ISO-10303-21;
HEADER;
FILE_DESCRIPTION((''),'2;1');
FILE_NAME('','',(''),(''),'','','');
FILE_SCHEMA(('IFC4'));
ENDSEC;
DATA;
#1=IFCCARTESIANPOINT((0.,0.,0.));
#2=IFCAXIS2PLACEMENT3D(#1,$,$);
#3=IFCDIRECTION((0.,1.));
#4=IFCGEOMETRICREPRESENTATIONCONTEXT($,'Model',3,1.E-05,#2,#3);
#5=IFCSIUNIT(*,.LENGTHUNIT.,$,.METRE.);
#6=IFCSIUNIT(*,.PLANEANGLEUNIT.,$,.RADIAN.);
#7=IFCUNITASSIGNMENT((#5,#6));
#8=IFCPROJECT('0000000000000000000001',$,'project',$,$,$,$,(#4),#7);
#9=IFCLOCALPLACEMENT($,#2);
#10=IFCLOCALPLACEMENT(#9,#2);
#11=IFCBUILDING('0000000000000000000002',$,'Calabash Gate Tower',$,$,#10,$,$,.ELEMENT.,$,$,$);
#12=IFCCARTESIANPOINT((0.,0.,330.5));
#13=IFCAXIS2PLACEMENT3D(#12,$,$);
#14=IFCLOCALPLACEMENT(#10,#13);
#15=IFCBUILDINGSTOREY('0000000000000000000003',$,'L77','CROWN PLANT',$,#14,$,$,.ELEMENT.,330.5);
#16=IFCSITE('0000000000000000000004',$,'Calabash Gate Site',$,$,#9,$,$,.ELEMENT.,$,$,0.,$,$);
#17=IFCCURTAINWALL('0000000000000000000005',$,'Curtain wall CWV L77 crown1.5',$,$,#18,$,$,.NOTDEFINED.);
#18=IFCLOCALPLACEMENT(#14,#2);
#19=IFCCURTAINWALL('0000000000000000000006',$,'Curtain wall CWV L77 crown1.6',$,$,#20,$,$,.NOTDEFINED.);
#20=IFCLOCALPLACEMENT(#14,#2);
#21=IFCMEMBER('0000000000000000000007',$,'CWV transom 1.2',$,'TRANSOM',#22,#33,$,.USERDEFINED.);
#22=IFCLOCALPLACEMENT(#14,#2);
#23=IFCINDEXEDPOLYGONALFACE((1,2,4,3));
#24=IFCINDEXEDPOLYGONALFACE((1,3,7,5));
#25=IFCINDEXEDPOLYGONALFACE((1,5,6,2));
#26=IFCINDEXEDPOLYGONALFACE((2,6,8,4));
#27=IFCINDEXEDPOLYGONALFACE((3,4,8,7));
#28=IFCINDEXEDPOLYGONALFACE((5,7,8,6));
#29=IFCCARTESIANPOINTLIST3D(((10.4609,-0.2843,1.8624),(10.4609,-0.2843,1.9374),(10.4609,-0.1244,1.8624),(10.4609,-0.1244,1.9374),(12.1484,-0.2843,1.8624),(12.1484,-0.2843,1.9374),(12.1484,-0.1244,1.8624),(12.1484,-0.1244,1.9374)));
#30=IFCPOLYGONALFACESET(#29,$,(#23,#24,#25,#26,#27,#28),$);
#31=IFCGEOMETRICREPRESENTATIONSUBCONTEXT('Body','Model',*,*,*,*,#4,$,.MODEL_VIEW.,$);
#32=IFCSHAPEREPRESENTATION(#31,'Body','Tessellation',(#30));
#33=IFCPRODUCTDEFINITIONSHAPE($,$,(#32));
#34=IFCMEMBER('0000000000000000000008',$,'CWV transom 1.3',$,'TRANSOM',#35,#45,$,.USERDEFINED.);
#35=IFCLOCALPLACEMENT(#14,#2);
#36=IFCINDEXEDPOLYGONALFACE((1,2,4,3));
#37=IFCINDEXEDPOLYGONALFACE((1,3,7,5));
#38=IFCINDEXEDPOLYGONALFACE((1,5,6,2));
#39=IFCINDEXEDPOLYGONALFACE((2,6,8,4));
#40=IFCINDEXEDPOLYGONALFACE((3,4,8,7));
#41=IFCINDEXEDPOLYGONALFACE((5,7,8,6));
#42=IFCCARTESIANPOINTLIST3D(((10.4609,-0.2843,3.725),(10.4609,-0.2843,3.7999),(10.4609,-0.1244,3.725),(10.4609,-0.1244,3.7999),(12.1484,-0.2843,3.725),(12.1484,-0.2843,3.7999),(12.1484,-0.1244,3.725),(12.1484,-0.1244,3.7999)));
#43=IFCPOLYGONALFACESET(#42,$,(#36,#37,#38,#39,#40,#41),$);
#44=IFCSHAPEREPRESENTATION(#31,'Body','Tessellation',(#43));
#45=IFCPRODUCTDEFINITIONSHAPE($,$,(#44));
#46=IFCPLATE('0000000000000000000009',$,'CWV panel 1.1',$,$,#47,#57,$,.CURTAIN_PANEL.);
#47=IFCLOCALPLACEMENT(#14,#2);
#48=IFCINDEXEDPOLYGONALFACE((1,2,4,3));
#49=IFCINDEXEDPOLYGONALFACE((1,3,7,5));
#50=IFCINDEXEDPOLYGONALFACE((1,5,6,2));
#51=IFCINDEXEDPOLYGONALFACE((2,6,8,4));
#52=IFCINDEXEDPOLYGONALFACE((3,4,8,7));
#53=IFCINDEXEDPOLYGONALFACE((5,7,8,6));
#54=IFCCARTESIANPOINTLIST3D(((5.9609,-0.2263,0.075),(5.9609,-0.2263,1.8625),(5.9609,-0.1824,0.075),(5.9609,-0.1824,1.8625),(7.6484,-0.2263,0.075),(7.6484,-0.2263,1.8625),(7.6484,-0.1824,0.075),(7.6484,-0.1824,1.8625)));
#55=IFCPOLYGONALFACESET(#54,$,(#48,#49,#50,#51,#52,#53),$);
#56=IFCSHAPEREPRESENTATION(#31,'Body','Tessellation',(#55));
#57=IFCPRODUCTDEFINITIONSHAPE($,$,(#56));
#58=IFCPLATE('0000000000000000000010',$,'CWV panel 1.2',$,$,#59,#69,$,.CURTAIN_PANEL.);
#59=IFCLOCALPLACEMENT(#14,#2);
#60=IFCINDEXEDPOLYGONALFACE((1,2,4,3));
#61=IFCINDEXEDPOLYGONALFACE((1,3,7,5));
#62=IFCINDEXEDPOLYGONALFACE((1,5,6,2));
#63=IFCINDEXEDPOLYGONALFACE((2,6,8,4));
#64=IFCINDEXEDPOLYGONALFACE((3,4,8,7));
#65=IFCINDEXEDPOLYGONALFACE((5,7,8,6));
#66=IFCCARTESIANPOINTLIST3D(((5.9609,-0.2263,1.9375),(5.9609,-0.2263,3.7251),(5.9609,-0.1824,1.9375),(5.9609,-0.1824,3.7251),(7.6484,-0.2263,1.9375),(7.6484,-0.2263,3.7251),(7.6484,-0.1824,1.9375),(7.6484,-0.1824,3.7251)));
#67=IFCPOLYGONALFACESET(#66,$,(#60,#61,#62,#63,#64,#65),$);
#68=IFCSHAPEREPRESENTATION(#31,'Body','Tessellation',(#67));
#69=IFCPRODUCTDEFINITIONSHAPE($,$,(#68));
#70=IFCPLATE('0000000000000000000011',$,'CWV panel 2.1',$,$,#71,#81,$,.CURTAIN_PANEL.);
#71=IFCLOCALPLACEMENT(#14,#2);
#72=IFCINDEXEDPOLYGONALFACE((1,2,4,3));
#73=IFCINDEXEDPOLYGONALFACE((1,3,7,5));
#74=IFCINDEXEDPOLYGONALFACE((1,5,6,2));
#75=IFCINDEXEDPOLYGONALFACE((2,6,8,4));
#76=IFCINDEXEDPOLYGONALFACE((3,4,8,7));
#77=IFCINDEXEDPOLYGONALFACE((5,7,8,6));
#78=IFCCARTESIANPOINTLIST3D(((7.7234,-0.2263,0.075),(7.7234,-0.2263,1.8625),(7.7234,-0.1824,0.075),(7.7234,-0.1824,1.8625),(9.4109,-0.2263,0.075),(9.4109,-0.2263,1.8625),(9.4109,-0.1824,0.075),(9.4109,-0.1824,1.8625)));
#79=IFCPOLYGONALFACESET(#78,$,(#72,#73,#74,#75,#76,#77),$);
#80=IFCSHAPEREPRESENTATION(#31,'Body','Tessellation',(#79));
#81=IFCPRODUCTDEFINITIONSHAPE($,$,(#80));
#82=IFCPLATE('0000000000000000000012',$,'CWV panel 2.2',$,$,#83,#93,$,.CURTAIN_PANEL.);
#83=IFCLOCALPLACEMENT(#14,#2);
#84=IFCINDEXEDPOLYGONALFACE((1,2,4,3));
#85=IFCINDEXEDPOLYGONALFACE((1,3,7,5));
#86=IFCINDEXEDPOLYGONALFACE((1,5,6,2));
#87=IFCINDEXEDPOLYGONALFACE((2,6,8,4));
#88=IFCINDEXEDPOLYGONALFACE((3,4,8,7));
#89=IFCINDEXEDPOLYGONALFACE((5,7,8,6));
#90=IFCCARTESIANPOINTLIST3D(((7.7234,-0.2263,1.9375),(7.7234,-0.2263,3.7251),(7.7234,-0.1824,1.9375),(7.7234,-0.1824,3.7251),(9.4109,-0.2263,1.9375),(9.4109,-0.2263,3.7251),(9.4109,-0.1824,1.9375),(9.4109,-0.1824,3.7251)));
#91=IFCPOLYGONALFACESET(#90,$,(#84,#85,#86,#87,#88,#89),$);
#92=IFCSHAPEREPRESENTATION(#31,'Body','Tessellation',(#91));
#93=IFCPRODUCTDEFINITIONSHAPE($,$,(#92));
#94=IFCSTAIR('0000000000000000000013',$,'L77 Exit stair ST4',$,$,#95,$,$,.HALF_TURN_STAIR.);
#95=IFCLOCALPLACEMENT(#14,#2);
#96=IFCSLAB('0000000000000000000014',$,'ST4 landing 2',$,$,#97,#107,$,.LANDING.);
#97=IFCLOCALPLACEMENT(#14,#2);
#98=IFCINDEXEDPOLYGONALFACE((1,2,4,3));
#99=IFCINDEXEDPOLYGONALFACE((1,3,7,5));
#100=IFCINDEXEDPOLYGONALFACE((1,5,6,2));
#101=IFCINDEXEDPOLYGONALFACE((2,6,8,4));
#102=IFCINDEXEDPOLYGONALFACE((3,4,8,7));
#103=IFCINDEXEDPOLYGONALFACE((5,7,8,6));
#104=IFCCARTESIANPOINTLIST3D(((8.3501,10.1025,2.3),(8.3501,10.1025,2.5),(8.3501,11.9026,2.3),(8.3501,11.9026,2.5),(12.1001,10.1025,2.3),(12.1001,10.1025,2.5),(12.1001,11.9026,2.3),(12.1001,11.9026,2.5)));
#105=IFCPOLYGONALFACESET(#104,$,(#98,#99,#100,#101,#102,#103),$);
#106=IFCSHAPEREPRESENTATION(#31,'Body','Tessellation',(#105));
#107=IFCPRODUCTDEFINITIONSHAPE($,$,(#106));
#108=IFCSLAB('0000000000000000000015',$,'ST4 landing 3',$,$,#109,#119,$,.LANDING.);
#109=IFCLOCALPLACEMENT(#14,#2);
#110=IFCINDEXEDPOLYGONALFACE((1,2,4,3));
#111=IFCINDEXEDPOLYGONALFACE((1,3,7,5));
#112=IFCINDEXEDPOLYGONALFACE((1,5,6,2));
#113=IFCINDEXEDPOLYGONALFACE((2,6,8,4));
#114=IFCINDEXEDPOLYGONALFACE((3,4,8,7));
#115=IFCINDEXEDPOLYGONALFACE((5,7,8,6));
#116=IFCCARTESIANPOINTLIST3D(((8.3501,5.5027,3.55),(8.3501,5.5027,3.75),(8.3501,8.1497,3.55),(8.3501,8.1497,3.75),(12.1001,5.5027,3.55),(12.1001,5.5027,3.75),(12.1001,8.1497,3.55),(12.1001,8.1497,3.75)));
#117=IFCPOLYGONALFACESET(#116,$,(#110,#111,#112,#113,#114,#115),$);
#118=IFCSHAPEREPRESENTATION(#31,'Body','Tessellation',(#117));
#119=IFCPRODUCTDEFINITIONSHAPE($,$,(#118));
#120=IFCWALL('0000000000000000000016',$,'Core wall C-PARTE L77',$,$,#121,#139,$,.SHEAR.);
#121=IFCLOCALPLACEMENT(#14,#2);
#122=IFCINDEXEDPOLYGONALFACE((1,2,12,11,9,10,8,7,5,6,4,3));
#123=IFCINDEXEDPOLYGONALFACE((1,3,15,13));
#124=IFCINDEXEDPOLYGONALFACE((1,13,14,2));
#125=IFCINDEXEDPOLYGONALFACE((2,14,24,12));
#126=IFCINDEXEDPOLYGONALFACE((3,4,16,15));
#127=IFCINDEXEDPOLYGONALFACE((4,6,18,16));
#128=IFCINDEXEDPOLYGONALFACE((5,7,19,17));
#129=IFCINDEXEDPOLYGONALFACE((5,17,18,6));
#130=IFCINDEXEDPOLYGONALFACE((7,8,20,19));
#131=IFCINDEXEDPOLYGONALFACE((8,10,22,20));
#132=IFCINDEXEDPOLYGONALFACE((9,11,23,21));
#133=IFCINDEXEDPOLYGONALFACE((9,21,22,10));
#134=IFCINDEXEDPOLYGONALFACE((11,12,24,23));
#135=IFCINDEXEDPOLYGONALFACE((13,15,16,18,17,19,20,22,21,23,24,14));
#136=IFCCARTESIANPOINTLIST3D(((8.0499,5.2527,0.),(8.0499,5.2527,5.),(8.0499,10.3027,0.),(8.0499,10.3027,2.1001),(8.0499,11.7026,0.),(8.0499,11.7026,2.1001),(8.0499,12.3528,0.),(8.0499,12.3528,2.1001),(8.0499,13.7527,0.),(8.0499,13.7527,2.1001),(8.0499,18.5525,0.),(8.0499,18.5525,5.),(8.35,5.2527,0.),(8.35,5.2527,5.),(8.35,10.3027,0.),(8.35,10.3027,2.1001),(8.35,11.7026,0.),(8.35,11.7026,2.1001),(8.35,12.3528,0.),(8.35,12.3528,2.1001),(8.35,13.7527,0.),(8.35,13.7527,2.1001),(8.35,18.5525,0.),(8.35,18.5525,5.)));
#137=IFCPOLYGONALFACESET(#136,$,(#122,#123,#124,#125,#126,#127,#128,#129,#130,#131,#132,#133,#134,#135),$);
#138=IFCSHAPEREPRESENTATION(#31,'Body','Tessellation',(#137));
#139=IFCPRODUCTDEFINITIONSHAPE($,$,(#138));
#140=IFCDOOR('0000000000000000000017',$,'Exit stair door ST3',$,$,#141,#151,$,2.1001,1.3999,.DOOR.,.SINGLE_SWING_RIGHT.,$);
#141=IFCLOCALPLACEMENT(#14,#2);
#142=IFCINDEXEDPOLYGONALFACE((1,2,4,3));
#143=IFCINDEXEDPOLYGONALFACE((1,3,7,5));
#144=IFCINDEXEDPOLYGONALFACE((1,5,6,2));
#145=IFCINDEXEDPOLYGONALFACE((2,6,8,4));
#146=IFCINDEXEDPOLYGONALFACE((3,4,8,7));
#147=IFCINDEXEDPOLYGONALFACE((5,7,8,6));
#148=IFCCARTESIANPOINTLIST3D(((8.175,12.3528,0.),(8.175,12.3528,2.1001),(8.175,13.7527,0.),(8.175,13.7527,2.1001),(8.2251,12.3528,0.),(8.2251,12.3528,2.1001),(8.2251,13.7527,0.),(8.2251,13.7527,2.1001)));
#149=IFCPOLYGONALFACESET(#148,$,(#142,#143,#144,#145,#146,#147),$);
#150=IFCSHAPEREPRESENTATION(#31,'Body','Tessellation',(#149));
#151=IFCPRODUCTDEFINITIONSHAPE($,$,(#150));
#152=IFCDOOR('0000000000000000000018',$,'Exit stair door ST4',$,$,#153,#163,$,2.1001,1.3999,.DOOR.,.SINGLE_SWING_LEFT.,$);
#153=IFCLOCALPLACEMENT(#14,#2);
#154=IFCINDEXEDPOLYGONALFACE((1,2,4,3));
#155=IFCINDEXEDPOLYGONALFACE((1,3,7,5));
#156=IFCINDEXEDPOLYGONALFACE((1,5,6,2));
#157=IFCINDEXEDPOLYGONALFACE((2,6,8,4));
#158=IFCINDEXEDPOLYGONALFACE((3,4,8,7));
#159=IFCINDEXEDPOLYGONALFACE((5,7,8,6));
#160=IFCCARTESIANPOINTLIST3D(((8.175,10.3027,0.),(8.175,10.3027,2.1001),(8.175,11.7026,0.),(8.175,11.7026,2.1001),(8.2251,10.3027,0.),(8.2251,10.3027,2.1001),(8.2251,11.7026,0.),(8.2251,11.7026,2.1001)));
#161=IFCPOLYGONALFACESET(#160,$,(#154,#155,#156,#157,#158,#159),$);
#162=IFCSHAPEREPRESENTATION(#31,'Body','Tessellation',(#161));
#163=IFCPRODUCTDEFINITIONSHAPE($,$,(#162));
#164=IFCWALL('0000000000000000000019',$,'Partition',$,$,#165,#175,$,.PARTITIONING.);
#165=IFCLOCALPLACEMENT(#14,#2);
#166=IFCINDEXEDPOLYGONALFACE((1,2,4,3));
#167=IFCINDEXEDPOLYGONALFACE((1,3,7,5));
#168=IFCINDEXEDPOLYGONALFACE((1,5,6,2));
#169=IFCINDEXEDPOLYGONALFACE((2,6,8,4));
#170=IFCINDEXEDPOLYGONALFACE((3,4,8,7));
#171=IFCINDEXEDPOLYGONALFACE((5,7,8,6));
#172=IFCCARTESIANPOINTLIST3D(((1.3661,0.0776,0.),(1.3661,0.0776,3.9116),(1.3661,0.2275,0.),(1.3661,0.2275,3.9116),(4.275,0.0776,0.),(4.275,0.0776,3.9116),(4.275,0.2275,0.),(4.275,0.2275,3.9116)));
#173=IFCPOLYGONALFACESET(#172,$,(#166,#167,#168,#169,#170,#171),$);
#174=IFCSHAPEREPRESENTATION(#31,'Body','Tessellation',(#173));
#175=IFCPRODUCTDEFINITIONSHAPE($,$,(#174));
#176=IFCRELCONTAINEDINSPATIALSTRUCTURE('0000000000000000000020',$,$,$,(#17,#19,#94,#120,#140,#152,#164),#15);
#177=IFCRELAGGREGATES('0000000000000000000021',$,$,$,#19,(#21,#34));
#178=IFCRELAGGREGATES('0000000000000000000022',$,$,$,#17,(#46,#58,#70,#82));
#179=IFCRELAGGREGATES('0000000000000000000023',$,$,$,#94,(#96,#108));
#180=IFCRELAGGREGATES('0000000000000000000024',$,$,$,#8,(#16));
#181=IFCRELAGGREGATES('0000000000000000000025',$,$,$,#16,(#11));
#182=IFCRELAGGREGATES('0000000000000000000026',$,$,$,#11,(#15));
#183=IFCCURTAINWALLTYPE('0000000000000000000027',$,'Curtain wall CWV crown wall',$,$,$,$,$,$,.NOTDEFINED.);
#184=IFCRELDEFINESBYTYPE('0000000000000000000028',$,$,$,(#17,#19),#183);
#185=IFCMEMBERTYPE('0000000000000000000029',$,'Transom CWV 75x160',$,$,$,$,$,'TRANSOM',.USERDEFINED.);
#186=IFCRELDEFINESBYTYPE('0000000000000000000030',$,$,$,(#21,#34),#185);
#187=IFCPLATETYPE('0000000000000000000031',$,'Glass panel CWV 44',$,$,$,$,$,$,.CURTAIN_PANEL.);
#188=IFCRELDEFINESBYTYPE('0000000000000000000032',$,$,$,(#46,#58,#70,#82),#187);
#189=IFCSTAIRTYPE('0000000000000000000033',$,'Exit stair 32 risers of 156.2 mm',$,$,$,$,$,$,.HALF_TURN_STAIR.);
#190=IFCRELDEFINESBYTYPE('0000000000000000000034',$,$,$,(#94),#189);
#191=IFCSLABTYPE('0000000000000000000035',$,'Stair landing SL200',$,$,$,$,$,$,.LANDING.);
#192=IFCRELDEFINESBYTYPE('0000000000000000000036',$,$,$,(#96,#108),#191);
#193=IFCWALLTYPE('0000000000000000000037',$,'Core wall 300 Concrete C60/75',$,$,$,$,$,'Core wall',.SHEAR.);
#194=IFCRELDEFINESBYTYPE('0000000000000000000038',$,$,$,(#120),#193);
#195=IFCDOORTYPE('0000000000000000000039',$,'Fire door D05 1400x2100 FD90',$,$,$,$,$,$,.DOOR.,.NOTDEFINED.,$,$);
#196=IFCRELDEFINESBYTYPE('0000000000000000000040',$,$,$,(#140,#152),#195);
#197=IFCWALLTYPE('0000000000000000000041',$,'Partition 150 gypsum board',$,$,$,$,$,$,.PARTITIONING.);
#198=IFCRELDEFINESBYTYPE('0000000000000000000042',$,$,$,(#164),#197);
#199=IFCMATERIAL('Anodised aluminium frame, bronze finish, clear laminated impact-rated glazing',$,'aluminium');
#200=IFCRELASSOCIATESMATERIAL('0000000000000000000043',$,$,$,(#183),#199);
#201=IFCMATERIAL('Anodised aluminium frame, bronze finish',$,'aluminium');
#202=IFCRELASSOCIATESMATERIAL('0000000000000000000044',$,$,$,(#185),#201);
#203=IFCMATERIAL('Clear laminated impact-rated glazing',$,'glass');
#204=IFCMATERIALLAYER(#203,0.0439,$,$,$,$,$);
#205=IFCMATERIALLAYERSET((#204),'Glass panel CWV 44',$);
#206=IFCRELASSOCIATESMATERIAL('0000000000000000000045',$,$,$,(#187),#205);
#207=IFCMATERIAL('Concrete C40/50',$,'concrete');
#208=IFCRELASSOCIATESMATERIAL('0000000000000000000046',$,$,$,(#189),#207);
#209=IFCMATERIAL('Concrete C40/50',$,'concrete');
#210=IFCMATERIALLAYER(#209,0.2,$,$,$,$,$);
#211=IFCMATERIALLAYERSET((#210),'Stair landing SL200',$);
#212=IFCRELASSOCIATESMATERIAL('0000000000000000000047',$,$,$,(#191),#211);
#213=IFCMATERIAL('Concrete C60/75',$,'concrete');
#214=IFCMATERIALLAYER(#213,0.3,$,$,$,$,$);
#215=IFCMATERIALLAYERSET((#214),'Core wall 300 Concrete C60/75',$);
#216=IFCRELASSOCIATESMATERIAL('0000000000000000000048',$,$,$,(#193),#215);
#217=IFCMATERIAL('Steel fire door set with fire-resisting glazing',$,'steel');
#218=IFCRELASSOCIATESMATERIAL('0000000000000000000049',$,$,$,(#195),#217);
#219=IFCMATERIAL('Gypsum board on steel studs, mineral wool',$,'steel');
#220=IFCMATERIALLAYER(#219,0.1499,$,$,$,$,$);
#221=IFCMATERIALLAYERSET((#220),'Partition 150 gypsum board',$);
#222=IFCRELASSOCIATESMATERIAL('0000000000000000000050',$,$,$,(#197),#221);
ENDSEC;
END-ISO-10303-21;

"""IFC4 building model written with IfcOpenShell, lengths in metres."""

from ifc_helpers import new_model, si_unit, direction, frame, frame_2d, origin, origin_2d, place, context, subcontext, project, spatial, polyline, rectangle, outline, extrude, material, layer, layer_set, material_profile, profile_set, type_object, element, fill, aggregate, save


model = new_model("IFC4")

# Units and contexts
model_context = context("Model", 3, precision=1e-05, world=origin(), true_north=direction((0.0, 1.0)))
body_context = subcontext(model_context, "Body", "Model", "MODEL_VIEW")
ifc_project = project(units=[si_unit("LENGTHUNIT", "METRE"), si_unit("PLANEANGLEUNIT", "RADIAN")], contexts=[model_context])

# Site, building, storey
site_placement = place(None, origin())
site = spatial("IfcSite", under=ifc_project, at=site_placement, Name="Calabash Gate Site", CompositionType="ELEMENT", RefElevation=0.0)
building_placement = place(site_placement, origin())
building = spatial("IfcBuilding", under=site, at=building_placement, Name="Calabash Gate Tower", CompositionType="ELEMENT")
storey_placement = place(building_placement, frame((0.0, 0.0, 330.5)))
storey = spatial("IfcBuildingStorey", under=building, at=storey_placement, Name="L77", Description="CROWN PLANT", CompositionType="ELEMENT", Elevation=330.5)

# Curtain wall
ifc_material_1 = material(Name="Anodised aluminium frame, bronze finish, clear laminated impact-rated glazing", Category="aluminium")
curtain_wall_type = type_object("IfcCurtainWallType", Name="Curtain wall CWV crown wall", PredefinedType="NOTDEFINED", material=ifc_material_1)
curtain_wall_1_placement = place(storey_placement, origin())
curtain_wall_1 = element("IfcCurtainWall", 1, at=curtain_wall_1_placement, inside=storey, type_object=curtain_wall_type, Name="Curtain wall CWV L77 crown1.5", PredefinedType="NOTDEFINED")

# Curtain wall
curtain_wall_2_placement = place(storey_placement, origin())
curtain_wall_2 = element("IfcCurtainWall", 2, at=curtain_wall_2_placement, inside=storey, type_object=curtain_wall_type, Name="Curtain wall CWV L77 crown1.6", PredefinedType="NOTDEFINED")

# Members
ifc_material_2 = material(Name="Anodised aluminium frame, bronze finish", Category="aluminium")
ifc_material_profile_1 = material_profile(ifc_material_2, rectangle(XDim=0.1599, YDim=0.075, at=origin_2d()))
ifc_profile_set_1 = profile_set([ifc_material_profile_1], Name="Anodised aluminium frame, bronze finish")
member_type_1 = type_object("IfcMemberType", Name="Transom CWV 75x160", ElementType="TRANSOM", PredefinedType="USERDEFINED", material=ifc_profile_set_1)
member_1_placement = place(storey_placement, frame((10.4609, -0.2043, 1.8999), z_axis=(1.0, 0.0, 0.0), x_axis=(0.0, 1.0, 0.0)))
member_1 = element("IfcMember", 3, at=member_1_placement, type_object=member_type_1, Name="CWV transom 1.2", ObjectType="TRANSOM", PredefinedType="USERDEFINED", context=body_context, shape_type="SweptSolid", body=[
    extrude(rectangle(XDim=0.1599, YDim=0.075, at=origin_2d()), origin(), (0.0, 0.0, 1.0), 1.6875),
])
member_2_placement = place(storey_placement, frame((10.4609, -0.2043, 3.7625), z_axis=(1.0, 0.0, 0.0), x_axis=(0.0, 1.0, 0.0)))
member_2 = element("IfcMember", 4, at=member_2_placement, type_object=member_type_1, Name="CWV transom 1.3", ObjectType="TRANSOM", PredefinedType="USERDEFINED", context=body_context, shape_type="SweptSolid", body=[
    extrude(rectangle(XDim=0.1599, YDim=0.075, at=origin_2d()), origin(), (0.0, 0.0, 1.0), 1.6875),
])
aggregate(curtain_wall_2, [member_1, member_2])

# Plates
ifc_material_3 = material(Name="Clear laminated impact-rated glazing", Category="glass")
ifc_layer_1 = layer(ifc_material_3, 0.0439)
ifc_layer_set_1 = layer_set([ifc_layer_1], Name="Glass panel CWV 44")
plate_type = type_object("IfcPlateType", Name="Glass panel CWV 44", PredefinedType="CURTAIN_PANEL", material=ifc_layer_set_1)
plate_1_placement = place(storey_placement, frame((6.8047, -0.2043, 0.075), z_axis=(0.0, 0.0, 1.0), x_axis=(1.0, 0.0, 0.0)))
plate_1 = element("IfcPlate", 5, at=plate_1_placement, type_object=plate_type, Name="CWV panel 1.1", PredefinedType="CURTAIN_PANEL", context=body_context, shape_type="SweptSolid", body=[
    extrude(rectangle(XDim=1.6875, YDim=0.0439, at=origin_2d()), origin(), (0.0, 0.0, 1.0), 1.7876),
])
plate_2_placement = place(storey_placement, frame((6.8047, -0.2043, 1.9375), z_axis=(0.0, 0.0, 1.0), x_axis=(1.0, 0.0, 0.0)))
plate_2 = element("IfcPlate", 6, at=plate_2_placement, type_object=plate_type, Name="CWV panel 1.2", PredefinedType="CURTAIN_PANEL", context=body_context, shape_type="SweptSolid", body=[
    extrude(rectangle(XDim=1.6875, YDim=0.0439, at=origin_2d()), origin(), (0.0, 0.0, 1.0), 1.7876),
])
plate_3_placement = place(storey_placement, frame((8.5671, -0.2043, 0.075), z_axis=(0.0, 0.0, 1.0), x_axis=(1.0, 0.0, 0.0)))
plate_3 = element("IfcPlate", 7, at=plate_3_placement, type_object=plate_type, Name="CWV panel 2.1", PredefinedType="CURTAIN_PANEL", context=body_context, shape_type="SweptSolid", body=[
    extrude(rectangle(XDim=1.6875, YDim=0.0439, at=origin_2d()), origin(), (0.0, 0.0, 1.0), 1.7876),
])
plate_4_placement = place(storey_placement, frame((8.5671, -0.2043, 1.9375), z_axis=(0.0, 0.0, 1.0), x_axis=(1.0, 0.0, 0.0)))
plate_4 = element("IfcPlate", 8, at=plate_4_placement, type_object=plate_type, Name="CWV panel 2.2", PredefinedType="CURTAIN_PANEL", context=body_context, shape_type="SweptSolid", body=[
    extrude(rectangle(XDim=1.6875, YDim=0.0439, at=origin_2d()), origin(), (0.0, 0.0, 1.0), 1.7876),
])
aggregate(curtain_wall_1, [plate_1, plate_2, plate_3, plate_4])

# Stair, slabs
ifc_material_4 = material(Name="Concrete C40/50", Category="concrete")
stair_type = type_object("IfcStairType", Name="Exit stair 32 risers of 156.2 mm", PredefinedType="HALF_TURN_STAIR", material=ifc_material_4)
stair_placement = place(storey_placement, origin())
stair = element("IfcStair", 9, at=stair_placement, inside=storey, type_object=stair_type, Name="L77 Exit stair ST4", PredefinedType="HALF_TURN_STAIR")
ifc_material_5 = material(Name="Concrete C40/50", Category="concrete")
ifc_layer_2 = layer(ifc_material_5, 0.2)
ifc_layer_set_2 = layer_set([ifc_layer_2], Name="Stair landing SL200")
slab_type = type_object("IfcSlabType", Name="Stair landing SL200", PredefinedType="LANDING", material=ifc_layer_set_2)
slab_1_placement = place(storey_placement, frame((0.0, 0.0, 2.3)))
slab_1 = element("IfcSlab", 10, at=slab_1_placement, type_object=slab_type, Name="ST4 landing 2", PredefinedType="LANDING", context=body_context, shape_type="SweptSolid", body=[
    extrude(outline(polyline([(8.3501, 11.9026), (8.3501, 10.1025), (12.1001, 10.1025), (12.1001, 11.9026), (8.3501, 11.9026)])), origin(), (0.0, 0.0, 1.0), 0.2),
])
slab_2_placement = place(storey_placement, frame((0.0, 0.0, 3.55)))
slab_2 = element("IfcSlab", 11, at=slab_2_placement, type_object=slab_type, Name="ST4 landing 3", PredefinedType="LANDING", context=body_context, shape_type="SweptSolid", body=[
    extrude(outline(polyline([(8.3501, 8.1497), (8.3501, 5.5027), (12.1001, 5.5027), (12.1001, 8.1497), (8.3501, 8.1497)])), origin(), (0.0, 0.0, 1.0), 0.2),
])
aggregate(stair, [slab_1, slab_2])

# Wall, openings, doors
ifc_material_6 = material(Name="Concrete C60/75", Category="concrete")
ifc_layer_3 = layer(ifc_material_6, 0.3)
ifc_layer_set_3 = layer_set([ifc_layer_3], Name="Core wall 300 Concrete C60/75")
wall_type_1 = type_object("IfcWallType", Name="Core wall 300 Concrete C60/75", ElementType="Core wall", PredefinedType="SHEAR", material=ifc_layer_set_3)
wall_1_placement = place(storey_placement, frame((8.2, 5.2527, 0.0), z_axis=(0.0, 0.0, 1.0), x_axis=(0.0, 1.0, 0.0)))
wall_1 = element("IfcWall", 12, at=wall_1_placement, inside=storey, type_object=wall_type_1, Name="Core wall C-PARTE L77", PredefinedType="SHEAR", context=body_context, shape_type="SweptSolid", body=[
    extrude(rectangle(XDim=13.2998, YDim=0.3, at=frame_2d((6.6499, 0.0))), origin(), (0.0, 0.0, 1.0), 5.0),
])
opening_1_placement = place(wall_1_placement, frame((7.1001, 0.0, 0.0)))
opening_1 = element("IfcOpeningElement", 13, at=opening_1_placement, cuts=wall_1, PredefinedType="OPENING", context=body_context, shape_type="SweptSolid", body=[
    extrude(rectangle(XDim=1.3999, YDim=2.1001, at=frame_2d((0.7, 1.05))), frame((0.0, 0.1599, 0.0), z_axis=(0.0, -1.0, 0.0), x_axis=(1.0, 0.0, 0.0)), (0.0, 0.0, 1.0), 0.3201),
])
opening_2_placement = place(wall_1_placement, frame((5.05, 0.0, 0.0)))
opening_2 = element("IfcOpeningElement", 14, at=opening_2_placement, cuts=wall_1, PredefinedType="OPENING", context=body_context, shape_type="SweptSolid", body=[
    extrude(rectangle(XDim=1.3999, YDim=2.1001, at=frame_2d((0.7, 1.05))), frame((0.0, 0.1599, 0.0), z_axis=(0.0, -1.0, 0.0), x_axis=(1.0, 0.0, 0.0)), (0.0, 0.0, 1.0), 0.3201),
])
ifc_material_7 = material(Name="Steel fire door set with fire-resisting glazing", Category="steel")
door_type_1 = type_object("IfcDoorType", Name="Fire door D05 1400x2100 FD90", OperationType="NOTDEFINED", PredefinedType="DOOR", material=ifc_material_7)
door_1_placement = place(opening_1_placement, origin())
door_1 = element("IfcDoor", 15, at=door_1_placement, inside=storey, type_object=door_type_1, Name="Exit stair door ST3", OperationType="SINGLE_SWING_RIGHT", OverallHeight=2.1001, OverallWidth=1.3999, PredefinedType="DOOR", context=body_context, shape_type="SweptSolid", body=[
    extrude(rectangle(XDim=1.3999, YDim=2.1001, at=frame_2d((0.7, 1.05))), frame((0.0, 0.0249, 0.0), z_axis=(0.0, -1.0, 0.0), x_axis=(1.0, 0.0, 0.0)), (0.0, 0.0, 1.0), 0.05),
])
fill(opening_1, door_1)
door_2_placement = place(opening_2_placement, origin())
door_2 = element("IfcDoor", 16, at=door_2_placement, inside=storey, type_object=door_type_1, Name="Exit stair door ST4", OperationType="SINGLE_SWING_LEFT", OverallHeight=2.1001, OverallWidth=1.3999, PredefinedType="DOOR", context=body_context, shape_type="SweptSolid", body=[
    extrude(rectangle(XDim=1.3999, YDim=2.1001, at=frame_2d((0.7, 1.05))), frame((0.0, 0.0249, 0.0), z_axis=(0.0, -1.0, 0.0), x_axis=(1.0, 0.0, 0.0)), (0.0, 0.0, 1.0), 0.05),
])
fill(opening_2, door_2)

# Wall
ifc_material_8 = material(Name="Gypsum board on steel studs, mineral wool", Category="steel")
ifc_layer_4 = layer(ifc_material_8, 0.1499)
ifc_layer_set_4 = layer_set([ifc_layer_4], Name="Partition 150 gypsum board")
wall_type_2 = type_object("IfcWallType", Name="Partition 150 gypsum board", PredefinedType="PARTITIONING", material=ifc_layer_set_4)
wall_2_placement = place(storey_placement, frame((1.366, 0.1526, 0.0), z_axis=(0.0, 0.0, 1.0), x_axis=(1.0, 0.0, 0.0)))
element("IfcWall", 17, at=wall_2_placement, inside=storey, type_object=wall_type_2, Name="Partition", PredefinedType="PARTITIONING", context=body_context, shape_type="SweptSolid", body=[
    extrude(rectangle(XDim=2.9089, YDim=0.1499, at=frame_2d((1.4546, 0.0))), origin(), (0.0, 0.0, 1.0), 3.9116),
])

save(model, "model.ifc")
